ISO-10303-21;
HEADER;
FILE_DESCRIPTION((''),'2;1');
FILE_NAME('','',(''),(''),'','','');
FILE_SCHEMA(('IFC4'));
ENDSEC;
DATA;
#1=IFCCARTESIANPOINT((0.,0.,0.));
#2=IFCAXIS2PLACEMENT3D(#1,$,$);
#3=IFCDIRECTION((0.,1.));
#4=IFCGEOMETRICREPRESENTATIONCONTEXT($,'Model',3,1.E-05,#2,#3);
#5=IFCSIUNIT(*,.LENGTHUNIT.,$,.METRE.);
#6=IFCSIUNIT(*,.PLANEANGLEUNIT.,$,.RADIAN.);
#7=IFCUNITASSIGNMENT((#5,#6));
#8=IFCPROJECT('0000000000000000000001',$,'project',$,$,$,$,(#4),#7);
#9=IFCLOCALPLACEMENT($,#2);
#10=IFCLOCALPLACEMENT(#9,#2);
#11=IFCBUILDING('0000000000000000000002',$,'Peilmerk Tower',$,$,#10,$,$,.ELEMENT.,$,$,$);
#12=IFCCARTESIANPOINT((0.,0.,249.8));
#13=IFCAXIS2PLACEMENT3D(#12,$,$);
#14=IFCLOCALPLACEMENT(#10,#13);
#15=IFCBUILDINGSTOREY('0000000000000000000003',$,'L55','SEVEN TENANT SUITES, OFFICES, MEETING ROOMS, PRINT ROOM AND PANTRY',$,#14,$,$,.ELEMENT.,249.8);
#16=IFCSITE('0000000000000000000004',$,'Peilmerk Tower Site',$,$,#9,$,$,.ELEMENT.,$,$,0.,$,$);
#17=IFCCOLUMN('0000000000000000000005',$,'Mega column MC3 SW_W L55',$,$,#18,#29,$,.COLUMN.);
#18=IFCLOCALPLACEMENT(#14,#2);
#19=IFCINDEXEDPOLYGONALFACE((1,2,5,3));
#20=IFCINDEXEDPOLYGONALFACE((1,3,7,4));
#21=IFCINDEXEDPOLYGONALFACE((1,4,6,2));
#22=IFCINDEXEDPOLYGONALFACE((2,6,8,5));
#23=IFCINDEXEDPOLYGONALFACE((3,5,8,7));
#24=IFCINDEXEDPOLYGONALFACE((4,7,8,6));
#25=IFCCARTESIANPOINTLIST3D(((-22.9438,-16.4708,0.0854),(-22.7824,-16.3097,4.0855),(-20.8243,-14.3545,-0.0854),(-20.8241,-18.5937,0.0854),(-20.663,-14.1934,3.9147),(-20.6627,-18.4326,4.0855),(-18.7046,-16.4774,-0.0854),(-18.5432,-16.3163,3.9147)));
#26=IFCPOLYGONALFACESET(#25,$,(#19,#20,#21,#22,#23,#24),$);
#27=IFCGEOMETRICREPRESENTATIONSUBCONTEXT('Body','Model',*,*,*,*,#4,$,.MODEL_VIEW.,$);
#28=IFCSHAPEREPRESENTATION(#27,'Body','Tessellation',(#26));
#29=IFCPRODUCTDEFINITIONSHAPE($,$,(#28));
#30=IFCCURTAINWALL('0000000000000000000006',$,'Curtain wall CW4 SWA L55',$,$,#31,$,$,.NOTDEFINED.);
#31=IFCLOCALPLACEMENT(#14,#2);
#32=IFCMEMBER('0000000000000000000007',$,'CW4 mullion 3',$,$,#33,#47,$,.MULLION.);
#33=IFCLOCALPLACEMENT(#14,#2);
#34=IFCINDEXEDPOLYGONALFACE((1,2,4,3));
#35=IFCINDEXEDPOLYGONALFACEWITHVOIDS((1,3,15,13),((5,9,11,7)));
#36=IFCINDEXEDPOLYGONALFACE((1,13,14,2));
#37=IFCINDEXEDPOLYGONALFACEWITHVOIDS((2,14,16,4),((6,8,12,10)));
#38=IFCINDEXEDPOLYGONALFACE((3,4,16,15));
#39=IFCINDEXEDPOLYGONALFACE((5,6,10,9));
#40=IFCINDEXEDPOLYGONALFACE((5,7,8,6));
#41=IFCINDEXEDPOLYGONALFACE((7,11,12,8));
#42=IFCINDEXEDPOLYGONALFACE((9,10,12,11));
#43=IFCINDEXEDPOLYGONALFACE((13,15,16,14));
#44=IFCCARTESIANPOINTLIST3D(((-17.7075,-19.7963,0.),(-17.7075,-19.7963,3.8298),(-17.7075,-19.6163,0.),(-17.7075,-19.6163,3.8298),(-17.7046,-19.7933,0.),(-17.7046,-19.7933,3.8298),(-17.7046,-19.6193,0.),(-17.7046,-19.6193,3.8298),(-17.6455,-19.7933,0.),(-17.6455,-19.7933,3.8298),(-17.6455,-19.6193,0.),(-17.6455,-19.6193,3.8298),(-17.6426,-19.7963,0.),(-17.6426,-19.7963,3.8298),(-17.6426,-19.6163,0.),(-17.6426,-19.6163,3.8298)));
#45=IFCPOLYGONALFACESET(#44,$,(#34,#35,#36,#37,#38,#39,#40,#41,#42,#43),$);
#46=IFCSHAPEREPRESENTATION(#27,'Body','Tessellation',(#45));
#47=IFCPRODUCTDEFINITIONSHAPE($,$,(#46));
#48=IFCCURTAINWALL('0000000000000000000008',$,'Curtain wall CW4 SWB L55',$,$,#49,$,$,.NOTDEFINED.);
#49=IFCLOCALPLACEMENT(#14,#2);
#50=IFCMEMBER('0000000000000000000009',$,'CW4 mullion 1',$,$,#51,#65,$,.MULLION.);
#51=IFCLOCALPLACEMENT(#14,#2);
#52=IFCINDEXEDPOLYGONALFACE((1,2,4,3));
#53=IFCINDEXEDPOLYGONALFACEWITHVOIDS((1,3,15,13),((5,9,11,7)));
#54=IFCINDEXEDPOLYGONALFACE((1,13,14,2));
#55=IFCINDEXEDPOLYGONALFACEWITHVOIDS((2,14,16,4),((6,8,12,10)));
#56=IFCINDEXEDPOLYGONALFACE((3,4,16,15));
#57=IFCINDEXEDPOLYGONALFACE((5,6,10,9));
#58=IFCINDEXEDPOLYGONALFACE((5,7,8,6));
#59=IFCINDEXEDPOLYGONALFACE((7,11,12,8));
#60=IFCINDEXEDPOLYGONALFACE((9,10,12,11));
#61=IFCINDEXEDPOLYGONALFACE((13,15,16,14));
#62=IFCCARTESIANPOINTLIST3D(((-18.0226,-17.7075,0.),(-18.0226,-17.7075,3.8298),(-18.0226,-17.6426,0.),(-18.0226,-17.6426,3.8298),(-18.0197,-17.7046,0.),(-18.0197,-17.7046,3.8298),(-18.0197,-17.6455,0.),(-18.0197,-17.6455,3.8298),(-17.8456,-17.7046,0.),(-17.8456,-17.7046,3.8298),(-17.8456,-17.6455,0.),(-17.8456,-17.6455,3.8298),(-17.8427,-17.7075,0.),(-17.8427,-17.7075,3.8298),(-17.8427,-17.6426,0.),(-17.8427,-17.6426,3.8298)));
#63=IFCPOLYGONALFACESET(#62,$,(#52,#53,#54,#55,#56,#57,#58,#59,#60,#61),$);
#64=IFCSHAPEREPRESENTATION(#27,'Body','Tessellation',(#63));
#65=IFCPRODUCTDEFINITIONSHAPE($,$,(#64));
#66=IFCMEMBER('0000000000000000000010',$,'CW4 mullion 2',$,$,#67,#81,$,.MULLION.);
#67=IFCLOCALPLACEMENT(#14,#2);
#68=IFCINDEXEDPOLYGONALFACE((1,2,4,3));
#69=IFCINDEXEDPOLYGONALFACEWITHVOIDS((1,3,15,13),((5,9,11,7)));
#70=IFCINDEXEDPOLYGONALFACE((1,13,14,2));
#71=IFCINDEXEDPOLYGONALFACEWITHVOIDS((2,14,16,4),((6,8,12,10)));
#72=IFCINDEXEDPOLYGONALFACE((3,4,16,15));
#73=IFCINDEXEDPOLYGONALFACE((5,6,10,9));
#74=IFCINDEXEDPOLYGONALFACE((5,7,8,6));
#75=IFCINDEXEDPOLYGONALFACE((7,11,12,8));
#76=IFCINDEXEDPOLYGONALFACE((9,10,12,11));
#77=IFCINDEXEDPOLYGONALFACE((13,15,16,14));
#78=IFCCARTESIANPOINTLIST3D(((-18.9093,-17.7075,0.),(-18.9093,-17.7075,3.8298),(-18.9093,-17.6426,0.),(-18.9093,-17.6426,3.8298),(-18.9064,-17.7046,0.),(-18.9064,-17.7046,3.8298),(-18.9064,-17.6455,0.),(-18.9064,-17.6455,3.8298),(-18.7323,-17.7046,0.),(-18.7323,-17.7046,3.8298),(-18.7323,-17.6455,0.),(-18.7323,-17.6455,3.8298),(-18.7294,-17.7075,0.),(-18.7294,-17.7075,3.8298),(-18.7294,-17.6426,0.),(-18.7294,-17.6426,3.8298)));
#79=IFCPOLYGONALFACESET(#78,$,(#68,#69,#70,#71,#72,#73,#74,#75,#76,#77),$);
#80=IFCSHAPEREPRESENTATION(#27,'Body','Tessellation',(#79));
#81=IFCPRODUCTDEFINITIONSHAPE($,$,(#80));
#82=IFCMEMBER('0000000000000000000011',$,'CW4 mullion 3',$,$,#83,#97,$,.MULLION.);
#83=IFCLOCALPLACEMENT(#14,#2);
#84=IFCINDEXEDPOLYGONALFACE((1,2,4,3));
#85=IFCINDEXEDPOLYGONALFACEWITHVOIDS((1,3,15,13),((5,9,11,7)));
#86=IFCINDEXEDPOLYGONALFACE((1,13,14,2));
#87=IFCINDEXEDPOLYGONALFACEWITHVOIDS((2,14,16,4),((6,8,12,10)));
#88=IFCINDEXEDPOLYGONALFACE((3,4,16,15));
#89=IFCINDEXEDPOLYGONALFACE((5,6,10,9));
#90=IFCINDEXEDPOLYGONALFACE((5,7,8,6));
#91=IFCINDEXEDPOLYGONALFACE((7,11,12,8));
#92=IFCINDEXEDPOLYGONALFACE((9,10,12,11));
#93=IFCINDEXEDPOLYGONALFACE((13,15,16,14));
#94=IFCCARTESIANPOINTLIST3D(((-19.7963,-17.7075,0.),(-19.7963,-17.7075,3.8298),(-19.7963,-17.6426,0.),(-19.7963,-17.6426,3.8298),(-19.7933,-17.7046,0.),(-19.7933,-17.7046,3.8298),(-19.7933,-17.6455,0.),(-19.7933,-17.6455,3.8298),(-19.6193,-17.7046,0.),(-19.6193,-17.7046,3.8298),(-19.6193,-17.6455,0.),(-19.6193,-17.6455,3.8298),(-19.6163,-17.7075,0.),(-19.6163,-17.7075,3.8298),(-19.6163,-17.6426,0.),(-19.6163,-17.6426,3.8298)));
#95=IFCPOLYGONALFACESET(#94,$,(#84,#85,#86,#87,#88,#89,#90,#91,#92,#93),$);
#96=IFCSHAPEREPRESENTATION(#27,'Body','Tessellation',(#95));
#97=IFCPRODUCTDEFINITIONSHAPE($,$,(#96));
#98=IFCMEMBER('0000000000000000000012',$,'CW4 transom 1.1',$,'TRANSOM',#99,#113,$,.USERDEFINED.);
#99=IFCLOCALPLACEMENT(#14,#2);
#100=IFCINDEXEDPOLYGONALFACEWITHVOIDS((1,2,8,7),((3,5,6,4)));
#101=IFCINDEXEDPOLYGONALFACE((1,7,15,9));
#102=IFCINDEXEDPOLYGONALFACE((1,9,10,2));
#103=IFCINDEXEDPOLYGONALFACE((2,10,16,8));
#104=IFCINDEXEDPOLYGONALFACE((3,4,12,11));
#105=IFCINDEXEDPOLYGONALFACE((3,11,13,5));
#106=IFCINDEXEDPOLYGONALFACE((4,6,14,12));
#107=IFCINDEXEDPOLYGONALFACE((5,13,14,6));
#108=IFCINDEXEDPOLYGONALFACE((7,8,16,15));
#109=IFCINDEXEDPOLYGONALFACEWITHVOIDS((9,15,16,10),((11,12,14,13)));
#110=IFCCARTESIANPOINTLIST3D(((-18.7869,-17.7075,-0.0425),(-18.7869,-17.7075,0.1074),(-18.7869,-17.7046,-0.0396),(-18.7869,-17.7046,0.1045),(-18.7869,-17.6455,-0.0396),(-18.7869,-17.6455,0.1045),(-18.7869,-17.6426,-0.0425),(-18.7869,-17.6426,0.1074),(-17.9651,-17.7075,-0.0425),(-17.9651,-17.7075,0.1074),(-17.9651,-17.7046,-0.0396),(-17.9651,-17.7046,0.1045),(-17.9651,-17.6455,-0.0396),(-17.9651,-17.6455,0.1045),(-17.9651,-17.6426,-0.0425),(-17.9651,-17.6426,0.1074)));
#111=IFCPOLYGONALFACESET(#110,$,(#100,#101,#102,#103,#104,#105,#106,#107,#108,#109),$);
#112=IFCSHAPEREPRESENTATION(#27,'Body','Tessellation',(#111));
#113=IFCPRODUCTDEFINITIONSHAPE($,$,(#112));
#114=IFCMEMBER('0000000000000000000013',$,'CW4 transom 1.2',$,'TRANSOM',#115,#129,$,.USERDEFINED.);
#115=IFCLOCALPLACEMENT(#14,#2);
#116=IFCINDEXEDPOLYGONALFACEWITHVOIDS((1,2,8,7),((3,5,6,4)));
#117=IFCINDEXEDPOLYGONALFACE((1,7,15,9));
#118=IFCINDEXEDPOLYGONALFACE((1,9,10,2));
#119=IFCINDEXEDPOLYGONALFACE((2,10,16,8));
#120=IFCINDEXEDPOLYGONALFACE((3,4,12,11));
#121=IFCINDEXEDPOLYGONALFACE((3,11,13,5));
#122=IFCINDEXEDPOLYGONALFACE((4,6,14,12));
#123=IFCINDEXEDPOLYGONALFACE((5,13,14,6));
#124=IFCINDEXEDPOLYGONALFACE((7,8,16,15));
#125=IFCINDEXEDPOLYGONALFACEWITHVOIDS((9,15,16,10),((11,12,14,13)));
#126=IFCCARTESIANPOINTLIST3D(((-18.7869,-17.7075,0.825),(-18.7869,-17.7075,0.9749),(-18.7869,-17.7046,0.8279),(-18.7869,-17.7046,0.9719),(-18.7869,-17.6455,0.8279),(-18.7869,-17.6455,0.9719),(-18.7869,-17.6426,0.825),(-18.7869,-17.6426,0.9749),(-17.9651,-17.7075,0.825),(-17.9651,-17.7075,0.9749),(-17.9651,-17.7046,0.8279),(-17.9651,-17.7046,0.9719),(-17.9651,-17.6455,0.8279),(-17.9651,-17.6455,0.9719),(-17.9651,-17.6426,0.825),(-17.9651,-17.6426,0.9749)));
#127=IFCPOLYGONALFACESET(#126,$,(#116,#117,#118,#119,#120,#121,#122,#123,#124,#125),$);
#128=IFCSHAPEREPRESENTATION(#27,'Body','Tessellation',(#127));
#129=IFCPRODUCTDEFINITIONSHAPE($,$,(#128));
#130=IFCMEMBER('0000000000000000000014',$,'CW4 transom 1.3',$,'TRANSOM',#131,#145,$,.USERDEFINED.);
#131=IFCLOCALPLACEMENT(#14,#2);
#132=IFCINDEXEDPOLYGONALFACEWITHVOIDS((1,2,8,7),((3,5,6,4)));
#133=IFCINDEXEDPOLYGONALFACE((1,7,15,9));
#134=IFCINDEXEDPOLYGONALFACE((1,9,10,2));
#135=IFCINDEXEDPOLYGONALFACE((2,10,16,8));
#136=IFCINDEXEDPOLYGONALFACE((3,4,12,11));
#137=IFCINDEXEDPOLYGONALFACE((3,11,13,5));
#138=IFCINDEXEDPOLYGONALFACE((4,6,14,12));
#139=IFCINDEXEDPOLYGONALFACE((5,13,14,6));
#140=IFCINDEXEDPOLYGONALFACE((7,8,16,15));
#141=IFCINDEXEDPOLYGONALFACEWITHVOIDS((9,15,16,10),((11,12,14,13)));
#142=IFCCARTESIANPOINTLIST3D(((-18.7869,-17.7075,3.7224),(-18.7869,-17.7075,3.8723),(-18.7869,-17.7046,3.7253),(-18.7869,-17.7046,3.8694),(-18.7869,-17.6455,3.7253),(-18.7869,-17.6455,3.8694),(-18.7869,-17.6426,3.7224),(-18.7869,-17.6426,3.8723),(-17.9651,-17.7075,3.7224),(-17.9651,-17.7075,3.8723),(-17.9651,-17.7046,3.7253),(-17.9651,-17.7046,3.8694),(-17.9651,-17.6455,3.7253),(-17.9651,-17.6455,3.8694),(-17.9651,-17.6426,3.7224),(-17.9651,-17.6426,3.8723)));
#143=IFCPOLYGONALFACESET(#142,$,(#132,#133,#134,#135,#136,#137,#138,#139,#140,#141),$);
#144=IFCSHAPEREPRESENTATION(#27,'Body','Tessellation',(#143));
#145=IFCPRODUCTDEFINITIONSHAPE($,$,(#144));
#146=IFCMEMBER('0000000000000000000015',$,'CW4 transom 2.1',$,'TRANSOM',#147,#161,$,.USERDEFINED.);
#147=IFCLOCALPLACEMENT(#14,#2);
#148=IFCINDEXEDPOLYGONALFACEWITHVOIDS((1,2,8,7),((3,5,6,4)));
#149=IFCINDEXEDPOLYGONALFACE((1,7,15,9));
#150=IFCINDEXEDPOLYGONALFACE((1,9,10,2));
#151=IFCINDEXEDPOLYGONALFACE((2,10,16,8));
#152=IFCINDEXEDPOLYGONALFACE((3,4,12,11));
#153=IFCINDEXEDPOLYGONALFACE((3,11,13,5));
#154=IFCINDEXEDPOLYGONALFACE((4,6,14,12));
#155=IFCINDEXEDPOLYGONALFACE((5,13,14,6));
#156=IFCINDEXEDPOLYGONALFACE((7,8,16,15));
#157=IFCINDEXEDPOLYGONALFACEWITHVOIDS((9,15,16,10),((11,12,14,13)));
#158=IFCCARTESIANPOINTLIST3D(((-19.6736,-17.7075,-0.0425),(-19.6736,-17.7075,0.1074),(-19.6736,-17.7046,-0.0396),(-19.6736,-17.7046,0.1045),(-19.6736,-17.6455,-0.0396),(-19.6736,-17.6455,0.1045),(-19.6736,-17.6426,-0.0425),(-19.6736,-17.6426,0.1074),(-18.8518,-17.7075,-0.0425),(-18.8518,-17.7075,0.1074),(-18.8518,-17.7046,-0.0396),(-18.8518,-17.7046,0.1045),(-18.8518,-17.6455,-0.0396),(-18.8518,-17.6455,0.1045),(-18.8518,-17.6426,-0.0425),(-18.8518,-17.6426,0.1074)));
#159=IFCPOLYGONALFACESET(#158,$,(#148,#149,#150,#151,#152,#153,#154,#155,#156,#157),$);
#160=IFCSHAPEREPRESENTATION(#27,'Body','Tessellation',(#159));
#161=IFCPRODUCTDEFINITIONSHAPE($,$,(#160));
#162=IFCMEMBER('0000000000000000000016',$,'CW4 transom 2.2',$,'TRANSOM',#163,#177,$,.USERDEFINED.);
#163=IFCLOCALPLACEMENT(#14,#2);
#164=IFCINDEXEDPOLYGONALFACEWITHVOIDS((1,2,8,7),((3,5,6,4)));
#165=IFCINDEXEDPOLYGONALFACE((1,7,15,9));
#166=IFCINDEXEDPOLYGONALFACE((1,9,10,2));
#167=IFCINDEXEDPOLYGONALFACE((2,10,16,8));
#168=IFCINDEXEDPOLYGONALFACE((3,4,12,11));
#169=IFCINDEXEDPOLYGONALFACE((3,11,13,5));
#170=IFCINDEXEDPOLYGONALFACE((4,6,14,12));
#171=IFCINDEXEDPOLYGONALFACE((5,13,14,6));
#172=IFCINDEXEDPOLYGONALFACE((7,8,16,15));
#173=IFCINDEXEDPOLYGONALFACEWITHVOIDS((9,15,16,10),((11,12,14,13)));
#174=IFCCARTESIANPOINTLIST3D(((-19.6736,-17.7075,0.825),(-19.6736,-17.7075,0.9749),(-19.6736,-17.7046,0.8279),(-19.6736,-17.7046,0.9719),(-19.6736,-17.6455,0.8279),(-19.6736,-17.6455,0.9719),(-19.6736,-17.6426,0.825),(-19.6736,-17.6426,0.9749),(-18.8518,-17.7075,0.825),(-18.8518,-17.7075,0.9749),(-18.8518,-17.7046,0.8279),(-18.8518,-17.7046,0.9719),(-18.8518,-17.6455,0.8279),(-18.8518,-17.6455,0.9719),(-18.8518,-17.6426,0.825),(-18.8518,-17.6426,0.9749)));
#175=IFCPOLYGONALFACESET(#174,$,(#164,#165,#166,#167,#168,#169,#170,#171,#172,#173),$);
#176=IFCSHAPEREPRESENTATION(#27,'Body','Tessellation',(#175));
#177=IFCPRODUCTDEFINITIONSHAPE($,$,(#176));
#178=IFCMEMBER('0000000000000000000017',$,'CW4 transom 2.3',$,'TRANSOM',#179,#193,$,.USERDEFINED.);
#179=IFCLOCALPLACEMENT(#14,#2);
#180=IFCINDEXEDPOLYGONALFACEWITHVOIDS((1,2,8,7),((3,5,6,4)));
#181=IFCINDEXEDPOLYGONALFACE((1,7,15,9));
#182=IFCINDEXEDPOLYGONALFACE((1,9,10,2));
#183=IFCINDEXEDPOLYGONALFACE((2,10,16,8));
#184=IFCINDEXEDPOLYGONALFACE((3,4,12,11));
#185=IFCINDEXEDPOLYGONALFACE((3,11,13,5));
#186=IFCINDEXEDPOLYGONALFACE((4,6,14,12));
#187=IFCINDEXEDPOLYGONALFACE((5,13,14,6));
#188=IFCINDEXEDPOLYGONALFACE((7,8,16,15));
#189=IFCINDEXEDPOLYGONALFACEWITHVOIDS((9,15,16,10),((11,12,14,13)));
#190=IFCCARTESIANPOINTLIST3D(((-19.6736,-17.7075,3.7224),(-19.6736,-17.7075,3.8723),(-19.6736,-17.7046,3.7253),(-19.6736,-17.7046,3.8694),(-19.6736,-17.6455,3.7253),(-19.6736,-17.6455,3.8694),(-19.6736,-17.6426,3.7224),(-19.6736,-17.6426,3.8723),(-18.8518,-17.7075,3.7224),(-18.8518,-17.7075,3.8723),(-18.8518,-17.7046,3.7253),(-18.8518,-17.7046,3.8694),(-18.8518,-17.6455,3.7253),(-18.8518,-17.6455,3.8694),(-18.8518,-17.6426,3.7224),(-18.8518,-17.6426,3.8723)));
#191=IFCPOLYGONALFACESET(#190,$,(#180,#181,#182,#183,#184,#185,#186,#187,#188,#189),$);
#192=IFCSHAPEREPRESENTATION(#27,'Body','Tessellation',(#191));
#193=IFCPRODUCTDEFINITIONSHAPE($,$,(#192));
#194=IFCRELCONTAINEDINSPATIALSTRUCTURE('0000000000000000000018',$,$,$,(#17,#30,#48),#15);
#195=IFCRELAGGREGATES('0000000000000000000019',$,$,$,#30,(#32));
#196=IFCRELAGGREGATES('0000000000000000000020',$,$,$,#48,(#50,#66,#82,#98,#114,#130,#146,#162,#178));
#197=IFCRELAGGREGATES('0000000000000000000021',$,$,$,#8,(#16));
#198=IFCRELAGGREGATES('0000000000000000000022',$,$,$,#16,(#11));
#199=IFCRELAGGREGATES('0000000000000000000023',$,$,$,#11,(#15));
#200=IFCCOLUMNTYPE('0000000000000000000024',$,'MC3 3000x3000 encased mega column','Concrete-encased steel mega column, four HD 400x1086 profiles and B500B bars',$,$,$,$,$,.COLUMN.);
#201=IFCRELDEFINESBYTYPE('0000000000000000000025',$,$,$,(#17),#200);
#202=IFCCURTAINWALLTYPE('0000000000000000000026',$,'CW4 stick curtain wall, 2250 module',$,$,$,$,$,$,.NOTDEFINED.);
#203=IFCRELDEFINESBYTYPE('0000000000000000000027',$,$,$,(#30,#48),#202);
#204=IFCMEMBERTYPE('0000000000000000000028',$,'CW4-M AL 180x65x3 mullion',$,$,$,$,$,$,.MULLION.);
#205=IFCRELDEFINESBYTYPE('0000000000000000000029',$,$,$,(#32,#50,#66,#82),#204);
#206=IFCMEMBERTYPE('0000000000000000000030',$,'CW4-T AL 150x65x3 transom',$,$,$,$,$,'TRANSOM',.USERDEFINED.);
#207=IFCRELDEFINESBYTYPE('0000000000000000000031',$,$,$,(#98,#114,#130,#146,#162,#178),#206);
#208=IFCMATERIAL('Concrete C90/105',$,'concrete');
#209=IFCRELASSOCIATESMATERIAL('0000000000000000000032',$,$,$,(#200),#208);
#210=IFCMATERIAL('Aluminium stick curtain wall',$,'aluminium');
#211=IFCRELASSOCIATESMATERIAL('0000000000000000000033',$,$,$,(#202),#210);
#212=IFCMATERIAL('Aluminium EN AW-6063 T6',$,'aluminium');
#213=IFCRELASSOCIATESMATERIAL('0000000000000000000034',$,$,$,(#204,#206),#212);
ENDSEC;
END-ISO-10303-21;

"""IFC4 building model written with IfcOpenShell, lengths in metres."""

from ifc_helpers import new_model, si_unit, direction, frame, origin, origin_2d, place, context, subcontext, project, spatial, rectangle, hollow_rectangle, extrude, material, material_profile, profile_set, type_object, element, aggregate, save


model = new_model("IFC4")

# Units and contexts
model_context = context("Model", 3, precision=1e-05, world=origin(), true_north=direction((0.0, 1.0)))
body_context = subcontext(model_context, "Body", "Model", "MODEL_VIEW")
ifc_project = project(units=[si_unit("LENGTHUNIT", "METRE"), si_unit("PLANEANGLEUNIT", "RADIAN")], contexts=[model_context])

# Site, building, storey
site_placement = place(None, origin())
site = spatial("IfcSite", under=ifc_project, at=site_placement, Name="Peilmerk Tower Site", CompositionType="ELEMENT", RefElevation=0.0)
building_placement = place(site_placement, origin())
building = spatial("IfcBuilding", under=site, at=building_placement, Name="Peilmerk Tower", CompositionType="ELEMENT")
storey_placement = place(building_placement, frame((0.0, 0.0, 249.8)))
storey = spatial("IfcBuildingStorey", under=building, at=storey_placement, Name="L55", Description="SEVEN TENANT SUITES, OFFICES, MEETING ROOMS, PRINT ROOM AND PANTRY", CompositionType="ELEMENT", Elevation=249.8)

# Column
ifc_material_1 = material(Name="Concrete C90/105", Category="concrete")
ifc_material_profile_1 = material_profile(ifc_material_1, rectangle(XDim=3.0, YDim=3.0, at=origin_2d()), Name="RC 3000x3000")
ifc_profile_set_1 = profile_set([ifc_material_profile_1], Name="Concrete C90/105")
column_type = type_object("IfcColumnType", Name="MC3 3000x3000 encased mega column", Description="Concrete-encased steel mega column, four HD 400x1086 profiles and B500B bars", PredefinedType="COLUMN", material=ifc_profile_set_1)
column_placement = place(storey_placement, frame((-20.8242, -16.4741, 0.0), z_axis=(0.040279, 0.040218, 0.998379), x_axis=(-0.706571, 0.707642, 0.0)))
element("IfcColumn", 1, at=column_placement, inside=storey, type_object=column_type, Name="Mega column MC3 SW_W L55", PredefinedType="COLUMN", context=body_context, shape_type="SweptSolid", body=[
    extrude(rectangle(XDim=3.0, YDim=3.0, at=origin_2d()), origin(), (0.0, 0.0, 1.0), 4.0066),
])

# Curtain wall, member
ifc_material_2 = material(Name="Aluminium stick curtain wall", Category="aluminium")
curtain_wall_type = type_object("IfcCurtainWallType", Name="CW4 stick curtain wall, 2250 module", PredefinedType="NOTDEFINED", material=ifc_material_2)
curtain_wall_1_placement = place(storey_placement, origin())
curtain_wall_1 = element("IfcCurtainWall", 2, at=curtain_wall_1_placement, inside=storey, type_object=curtain_wall_type, Name="Curtain wall CW4 SWA L55", PredefinedType="NOTDEFINED")
ifc_material_3 = material(Name="Aluminium EN AW-6063 T6", Category="aluminium")
ifc_material_profile_2 = material_profile(ifc_material_3, hollow_rectangle(XDim=0.0649, YDim=0.1799, WallThickness=0.0029, at=origin_2d()), Name="AL 180x65x3")
ifc_profile_set_2 = profile_set([ifc_material_profile_2], Name="Aluminium EN AW-6063 T6")
member_type_1 = type_object("IfcMemberType", Name="CW4-M AL 180x65x3 mullion", PredefinedType="MULLION", material=ifc_profile_set_2)
member_1_placement = place(storey_placement, frame((-17.675, -19.7063, 0.0), z_axis=(0.0, 0.0, 1.0), x_axis=(1.0, 0.0, 0.0)))
member_1 = element("IfcMember", 3, at=member_1_placement, type_object=member_type_1, Name="CW4 mullion 3", PredefinedType="MULLION", context=body_context, shape_type="SweptSolid", body=[
    extrude(hollow_rectangle(XDim=0.0649, YDim=0.1799, WallThickness=0.0029, at=origin_2d()), origin(), (0.0, 0.0, 1.0), 3.8298),
])

# Curtain wall, members
curtain_wall_2_placement = place(storey_placement, origin())
curtain_wall_2 = element("IfcCurtainWall", 4, at=curtain_wall_2_placement, inside=storey, type_object=curtain_wall_type, Name="Curtain wall CW4 SWB L55", PredefinedType="NOTDEFINED")
member_2_placement = place(storey_placement, frame((-17.9326, -17.675, 0.0), z_axis=(0.0, 0.0, 1.0), x_axis=(0.0, -1.0, 0.0)))
member_2 = element("IfcMember", 5, at=member_2_placement, type_object=member_type_1, Name="CW4 mullion 1", PredefinedType="MULLION", context=body_context, shape_type="SweptSolid", body=[
    extrude(hollow_rectangle(XDim=0.0649, YDim=0.1799, WallThickness=0.0029, at=origin_2d()), origin(), (0.0, 0.0, 1.0), 3.8298),
])
member_3_placement = place(storey_placement, frame((-18.8193, -17.675, 0.0), z_axis=(0.0, 0.0, 1.0), x_axis=(0.0, -1.0, 0.0)))
member_3 = element("IfcMember", 6, at=member_3_placement, type_object=member_type_1, Name="CW4 mullion 2", PredefinedType="MULLION", context=body_context, shape_type="SweptSolid", body=[
    extrude(hollow_rectangle(XDim=0.0649, YDim=0.1799, WallThickness=0.0029, at=origin_2d()), origin(), (0.0, 0.0, 1.0), 3.8298),
])
member_4_placement = place(storey_placement, frame((-19.7063, -17.675, 0.0), z_axis=(0.0, 0.0, 1.0), x_axis=(0.0, -1.0, 0.0)))
member_4 = element("IfcMember", 7, at=member_4_placement, type_object=member_type_1, Name="CW4 mullion 3", PredefinedType="MULLION", context=body_context, shape_type="SweptSolid", body=[
    extrude(hollow_rectangle(XDim=0.0649, YDim=0.1799, WallThickness=0.0029, at=origin_2d()), origin(), (0.0, 0.0, 1.0), 3.8298),
])
ifc_material_profile_3 = material_profile(ifc_material_3, hollow_rectangle(XDim=0.0649, YDim=0.1499, WallThickness=0.0029, at=origin_2d()), Name="AL 150x65x3")
ifc_profile_set_3 = profile_set([ifc_material_profile_3], Name="Aluminium EN AW-6063 T6")
member_type_2 = type_object("IfcMemberType", Name="CW4-T AL 150x65x3 transom", ElementType="TRANSOM", PredefinedType="USERDEFINED", material=ifc_profile_set_3)
member_5_placement = place(storey_placement, frame((-17.9651, -17.675, 0.0325), z_axis=(-1.0, 0.0, 0.0), x_axis=(0.0, -1.0, 0.0)))
member_5 = element("IfcMember", 8, at=member_5_placement, type_object=member_type_2, Name="CW4 transom 1.1", ObjectType="TRANSOM", PredefinedType="USERDEFINED", context=body_context, shape_type="SweptSolid", body=[
    extrude(hollow_rectangle(XDim=0.0649, YDim=0.1499, WallThickness=0.0029, at=origin_2d()), origin(), (0.0, 0.0, 1.0), 0.8218),
])
member_6_placement = place(storey_placement, frame((-17.9651, -17.675, 0.8999), z_axis=(-1.0, 0.0, 0.0), x_axis=(0.0, -1.0, 0.0)))
member_6 = element("IfcMember", 9, at=member_6_placement, type_object=member_type_2, Name="CW4 transom 1.2", ObjectType="TRANSOM", PredefinedType="USERDEFINED", context=body_context, shape_type="SweptSolid", body=[
    extrude(hollow_rectangle(XDim=0.0649, YDim=0.1499, WallThickness=0.0029, at=origin_2d()), origin(), (0.0, 0.0, 1.0), 0.8218),
])
member_7_placement = place(storey_placement, frame((-17.9651, -17.675, 3.7974), z_axis=(-1.0, 0.0, 0.0), x_axis=(0.0, -1.0, 0.0)))
member_7 = element("IfcMember", 10, at=member_7_placement, type_object=member_type_2, Name="CW4 transom 1.3", ObjectType="TRANSOM", PredefinedType="USERDEFINED", context=body_context, shape_type="SweptSolid", body=[
    extrude(hollow_rectangle(XDim=0.0649, YDim=0.1499, WallThickness=0.0029, at=origin_2d()), origin(), (0.0, 0.0, 1.0), 0.8218),
])
member_8_placement = place(storey_placement, frame((-18.8518, -17.675, 0.0325), z_axis=(-1.0, 0.0, 0.0), x_axis=(0.0, -1.0, 0.0)))
member_8 = element("IfcMember", 11, at=member_8_placement, type_object=member_type_2, Name="CW4 transom 2.1", ObjectType="TRANSOM", PredefinedType="USERDEFINED", context=body_context, shape_type="SweptSolid", body=[
    extrude(hollow_rectangle(XDim=0.0649, YDim=0.1499, WallThickness=0.0029, at=origin_2d()), origin(), (0.0, 0.0, 1.0), 0.8218),
])
member_9_placement = place(storey_placement, frame((-18.8518, -17.675, 0.8999), z_axis=(-1.0, 0.0, 0.0), x_axis=(0.0, -1.0, 0.0)))
member_9 = element("IfcMember", 12, at=member_9_placement, type_object=member_type_2, Name="CW4 transom 2.2", ObjectType="TRANSOM", PredefinedType="USERDEFINED", context=body_context, shape_type="SweptSolid", body=[
    extrude(hollow_rectangle(XDim=0.0649, YDim=0.1499, WallThickness=0.0029, at=origin_2d()), origin(), (0.0, 0.0, 1.0), 0.8218),
])
member_10_placement = place(storey_placement, frame((-18.8518, -17.675, 3.7974), z_axis=(-1.0, 0.0, 0.0), x_axis=(0.0, -1.0, 0.0)))
member_10 = element("IfcMember", 13, at=member_10_placement, type_object=member_type_2, Name="CW4 transom 2.3", ObjectType="TRANSOM", PredefinedType="USERDEFINED", context=body_context, shape_type="SweptSolid", body=[
    extrude(hollow_rectangle(XDim=0.0649, YDim=0.1499, WallThickness=0.0029, at=origin_2d()), origin(), (0.0, 0.0, 1.0), 0.8218),
])

aggregate(curtain_wall_1, [member_1])
aggregate(curtain_wall_2, [member_2, member_3, member_4, member_5, member_6, member_7, member_8, member_9, member_10])

save(model, "model.ifc")
